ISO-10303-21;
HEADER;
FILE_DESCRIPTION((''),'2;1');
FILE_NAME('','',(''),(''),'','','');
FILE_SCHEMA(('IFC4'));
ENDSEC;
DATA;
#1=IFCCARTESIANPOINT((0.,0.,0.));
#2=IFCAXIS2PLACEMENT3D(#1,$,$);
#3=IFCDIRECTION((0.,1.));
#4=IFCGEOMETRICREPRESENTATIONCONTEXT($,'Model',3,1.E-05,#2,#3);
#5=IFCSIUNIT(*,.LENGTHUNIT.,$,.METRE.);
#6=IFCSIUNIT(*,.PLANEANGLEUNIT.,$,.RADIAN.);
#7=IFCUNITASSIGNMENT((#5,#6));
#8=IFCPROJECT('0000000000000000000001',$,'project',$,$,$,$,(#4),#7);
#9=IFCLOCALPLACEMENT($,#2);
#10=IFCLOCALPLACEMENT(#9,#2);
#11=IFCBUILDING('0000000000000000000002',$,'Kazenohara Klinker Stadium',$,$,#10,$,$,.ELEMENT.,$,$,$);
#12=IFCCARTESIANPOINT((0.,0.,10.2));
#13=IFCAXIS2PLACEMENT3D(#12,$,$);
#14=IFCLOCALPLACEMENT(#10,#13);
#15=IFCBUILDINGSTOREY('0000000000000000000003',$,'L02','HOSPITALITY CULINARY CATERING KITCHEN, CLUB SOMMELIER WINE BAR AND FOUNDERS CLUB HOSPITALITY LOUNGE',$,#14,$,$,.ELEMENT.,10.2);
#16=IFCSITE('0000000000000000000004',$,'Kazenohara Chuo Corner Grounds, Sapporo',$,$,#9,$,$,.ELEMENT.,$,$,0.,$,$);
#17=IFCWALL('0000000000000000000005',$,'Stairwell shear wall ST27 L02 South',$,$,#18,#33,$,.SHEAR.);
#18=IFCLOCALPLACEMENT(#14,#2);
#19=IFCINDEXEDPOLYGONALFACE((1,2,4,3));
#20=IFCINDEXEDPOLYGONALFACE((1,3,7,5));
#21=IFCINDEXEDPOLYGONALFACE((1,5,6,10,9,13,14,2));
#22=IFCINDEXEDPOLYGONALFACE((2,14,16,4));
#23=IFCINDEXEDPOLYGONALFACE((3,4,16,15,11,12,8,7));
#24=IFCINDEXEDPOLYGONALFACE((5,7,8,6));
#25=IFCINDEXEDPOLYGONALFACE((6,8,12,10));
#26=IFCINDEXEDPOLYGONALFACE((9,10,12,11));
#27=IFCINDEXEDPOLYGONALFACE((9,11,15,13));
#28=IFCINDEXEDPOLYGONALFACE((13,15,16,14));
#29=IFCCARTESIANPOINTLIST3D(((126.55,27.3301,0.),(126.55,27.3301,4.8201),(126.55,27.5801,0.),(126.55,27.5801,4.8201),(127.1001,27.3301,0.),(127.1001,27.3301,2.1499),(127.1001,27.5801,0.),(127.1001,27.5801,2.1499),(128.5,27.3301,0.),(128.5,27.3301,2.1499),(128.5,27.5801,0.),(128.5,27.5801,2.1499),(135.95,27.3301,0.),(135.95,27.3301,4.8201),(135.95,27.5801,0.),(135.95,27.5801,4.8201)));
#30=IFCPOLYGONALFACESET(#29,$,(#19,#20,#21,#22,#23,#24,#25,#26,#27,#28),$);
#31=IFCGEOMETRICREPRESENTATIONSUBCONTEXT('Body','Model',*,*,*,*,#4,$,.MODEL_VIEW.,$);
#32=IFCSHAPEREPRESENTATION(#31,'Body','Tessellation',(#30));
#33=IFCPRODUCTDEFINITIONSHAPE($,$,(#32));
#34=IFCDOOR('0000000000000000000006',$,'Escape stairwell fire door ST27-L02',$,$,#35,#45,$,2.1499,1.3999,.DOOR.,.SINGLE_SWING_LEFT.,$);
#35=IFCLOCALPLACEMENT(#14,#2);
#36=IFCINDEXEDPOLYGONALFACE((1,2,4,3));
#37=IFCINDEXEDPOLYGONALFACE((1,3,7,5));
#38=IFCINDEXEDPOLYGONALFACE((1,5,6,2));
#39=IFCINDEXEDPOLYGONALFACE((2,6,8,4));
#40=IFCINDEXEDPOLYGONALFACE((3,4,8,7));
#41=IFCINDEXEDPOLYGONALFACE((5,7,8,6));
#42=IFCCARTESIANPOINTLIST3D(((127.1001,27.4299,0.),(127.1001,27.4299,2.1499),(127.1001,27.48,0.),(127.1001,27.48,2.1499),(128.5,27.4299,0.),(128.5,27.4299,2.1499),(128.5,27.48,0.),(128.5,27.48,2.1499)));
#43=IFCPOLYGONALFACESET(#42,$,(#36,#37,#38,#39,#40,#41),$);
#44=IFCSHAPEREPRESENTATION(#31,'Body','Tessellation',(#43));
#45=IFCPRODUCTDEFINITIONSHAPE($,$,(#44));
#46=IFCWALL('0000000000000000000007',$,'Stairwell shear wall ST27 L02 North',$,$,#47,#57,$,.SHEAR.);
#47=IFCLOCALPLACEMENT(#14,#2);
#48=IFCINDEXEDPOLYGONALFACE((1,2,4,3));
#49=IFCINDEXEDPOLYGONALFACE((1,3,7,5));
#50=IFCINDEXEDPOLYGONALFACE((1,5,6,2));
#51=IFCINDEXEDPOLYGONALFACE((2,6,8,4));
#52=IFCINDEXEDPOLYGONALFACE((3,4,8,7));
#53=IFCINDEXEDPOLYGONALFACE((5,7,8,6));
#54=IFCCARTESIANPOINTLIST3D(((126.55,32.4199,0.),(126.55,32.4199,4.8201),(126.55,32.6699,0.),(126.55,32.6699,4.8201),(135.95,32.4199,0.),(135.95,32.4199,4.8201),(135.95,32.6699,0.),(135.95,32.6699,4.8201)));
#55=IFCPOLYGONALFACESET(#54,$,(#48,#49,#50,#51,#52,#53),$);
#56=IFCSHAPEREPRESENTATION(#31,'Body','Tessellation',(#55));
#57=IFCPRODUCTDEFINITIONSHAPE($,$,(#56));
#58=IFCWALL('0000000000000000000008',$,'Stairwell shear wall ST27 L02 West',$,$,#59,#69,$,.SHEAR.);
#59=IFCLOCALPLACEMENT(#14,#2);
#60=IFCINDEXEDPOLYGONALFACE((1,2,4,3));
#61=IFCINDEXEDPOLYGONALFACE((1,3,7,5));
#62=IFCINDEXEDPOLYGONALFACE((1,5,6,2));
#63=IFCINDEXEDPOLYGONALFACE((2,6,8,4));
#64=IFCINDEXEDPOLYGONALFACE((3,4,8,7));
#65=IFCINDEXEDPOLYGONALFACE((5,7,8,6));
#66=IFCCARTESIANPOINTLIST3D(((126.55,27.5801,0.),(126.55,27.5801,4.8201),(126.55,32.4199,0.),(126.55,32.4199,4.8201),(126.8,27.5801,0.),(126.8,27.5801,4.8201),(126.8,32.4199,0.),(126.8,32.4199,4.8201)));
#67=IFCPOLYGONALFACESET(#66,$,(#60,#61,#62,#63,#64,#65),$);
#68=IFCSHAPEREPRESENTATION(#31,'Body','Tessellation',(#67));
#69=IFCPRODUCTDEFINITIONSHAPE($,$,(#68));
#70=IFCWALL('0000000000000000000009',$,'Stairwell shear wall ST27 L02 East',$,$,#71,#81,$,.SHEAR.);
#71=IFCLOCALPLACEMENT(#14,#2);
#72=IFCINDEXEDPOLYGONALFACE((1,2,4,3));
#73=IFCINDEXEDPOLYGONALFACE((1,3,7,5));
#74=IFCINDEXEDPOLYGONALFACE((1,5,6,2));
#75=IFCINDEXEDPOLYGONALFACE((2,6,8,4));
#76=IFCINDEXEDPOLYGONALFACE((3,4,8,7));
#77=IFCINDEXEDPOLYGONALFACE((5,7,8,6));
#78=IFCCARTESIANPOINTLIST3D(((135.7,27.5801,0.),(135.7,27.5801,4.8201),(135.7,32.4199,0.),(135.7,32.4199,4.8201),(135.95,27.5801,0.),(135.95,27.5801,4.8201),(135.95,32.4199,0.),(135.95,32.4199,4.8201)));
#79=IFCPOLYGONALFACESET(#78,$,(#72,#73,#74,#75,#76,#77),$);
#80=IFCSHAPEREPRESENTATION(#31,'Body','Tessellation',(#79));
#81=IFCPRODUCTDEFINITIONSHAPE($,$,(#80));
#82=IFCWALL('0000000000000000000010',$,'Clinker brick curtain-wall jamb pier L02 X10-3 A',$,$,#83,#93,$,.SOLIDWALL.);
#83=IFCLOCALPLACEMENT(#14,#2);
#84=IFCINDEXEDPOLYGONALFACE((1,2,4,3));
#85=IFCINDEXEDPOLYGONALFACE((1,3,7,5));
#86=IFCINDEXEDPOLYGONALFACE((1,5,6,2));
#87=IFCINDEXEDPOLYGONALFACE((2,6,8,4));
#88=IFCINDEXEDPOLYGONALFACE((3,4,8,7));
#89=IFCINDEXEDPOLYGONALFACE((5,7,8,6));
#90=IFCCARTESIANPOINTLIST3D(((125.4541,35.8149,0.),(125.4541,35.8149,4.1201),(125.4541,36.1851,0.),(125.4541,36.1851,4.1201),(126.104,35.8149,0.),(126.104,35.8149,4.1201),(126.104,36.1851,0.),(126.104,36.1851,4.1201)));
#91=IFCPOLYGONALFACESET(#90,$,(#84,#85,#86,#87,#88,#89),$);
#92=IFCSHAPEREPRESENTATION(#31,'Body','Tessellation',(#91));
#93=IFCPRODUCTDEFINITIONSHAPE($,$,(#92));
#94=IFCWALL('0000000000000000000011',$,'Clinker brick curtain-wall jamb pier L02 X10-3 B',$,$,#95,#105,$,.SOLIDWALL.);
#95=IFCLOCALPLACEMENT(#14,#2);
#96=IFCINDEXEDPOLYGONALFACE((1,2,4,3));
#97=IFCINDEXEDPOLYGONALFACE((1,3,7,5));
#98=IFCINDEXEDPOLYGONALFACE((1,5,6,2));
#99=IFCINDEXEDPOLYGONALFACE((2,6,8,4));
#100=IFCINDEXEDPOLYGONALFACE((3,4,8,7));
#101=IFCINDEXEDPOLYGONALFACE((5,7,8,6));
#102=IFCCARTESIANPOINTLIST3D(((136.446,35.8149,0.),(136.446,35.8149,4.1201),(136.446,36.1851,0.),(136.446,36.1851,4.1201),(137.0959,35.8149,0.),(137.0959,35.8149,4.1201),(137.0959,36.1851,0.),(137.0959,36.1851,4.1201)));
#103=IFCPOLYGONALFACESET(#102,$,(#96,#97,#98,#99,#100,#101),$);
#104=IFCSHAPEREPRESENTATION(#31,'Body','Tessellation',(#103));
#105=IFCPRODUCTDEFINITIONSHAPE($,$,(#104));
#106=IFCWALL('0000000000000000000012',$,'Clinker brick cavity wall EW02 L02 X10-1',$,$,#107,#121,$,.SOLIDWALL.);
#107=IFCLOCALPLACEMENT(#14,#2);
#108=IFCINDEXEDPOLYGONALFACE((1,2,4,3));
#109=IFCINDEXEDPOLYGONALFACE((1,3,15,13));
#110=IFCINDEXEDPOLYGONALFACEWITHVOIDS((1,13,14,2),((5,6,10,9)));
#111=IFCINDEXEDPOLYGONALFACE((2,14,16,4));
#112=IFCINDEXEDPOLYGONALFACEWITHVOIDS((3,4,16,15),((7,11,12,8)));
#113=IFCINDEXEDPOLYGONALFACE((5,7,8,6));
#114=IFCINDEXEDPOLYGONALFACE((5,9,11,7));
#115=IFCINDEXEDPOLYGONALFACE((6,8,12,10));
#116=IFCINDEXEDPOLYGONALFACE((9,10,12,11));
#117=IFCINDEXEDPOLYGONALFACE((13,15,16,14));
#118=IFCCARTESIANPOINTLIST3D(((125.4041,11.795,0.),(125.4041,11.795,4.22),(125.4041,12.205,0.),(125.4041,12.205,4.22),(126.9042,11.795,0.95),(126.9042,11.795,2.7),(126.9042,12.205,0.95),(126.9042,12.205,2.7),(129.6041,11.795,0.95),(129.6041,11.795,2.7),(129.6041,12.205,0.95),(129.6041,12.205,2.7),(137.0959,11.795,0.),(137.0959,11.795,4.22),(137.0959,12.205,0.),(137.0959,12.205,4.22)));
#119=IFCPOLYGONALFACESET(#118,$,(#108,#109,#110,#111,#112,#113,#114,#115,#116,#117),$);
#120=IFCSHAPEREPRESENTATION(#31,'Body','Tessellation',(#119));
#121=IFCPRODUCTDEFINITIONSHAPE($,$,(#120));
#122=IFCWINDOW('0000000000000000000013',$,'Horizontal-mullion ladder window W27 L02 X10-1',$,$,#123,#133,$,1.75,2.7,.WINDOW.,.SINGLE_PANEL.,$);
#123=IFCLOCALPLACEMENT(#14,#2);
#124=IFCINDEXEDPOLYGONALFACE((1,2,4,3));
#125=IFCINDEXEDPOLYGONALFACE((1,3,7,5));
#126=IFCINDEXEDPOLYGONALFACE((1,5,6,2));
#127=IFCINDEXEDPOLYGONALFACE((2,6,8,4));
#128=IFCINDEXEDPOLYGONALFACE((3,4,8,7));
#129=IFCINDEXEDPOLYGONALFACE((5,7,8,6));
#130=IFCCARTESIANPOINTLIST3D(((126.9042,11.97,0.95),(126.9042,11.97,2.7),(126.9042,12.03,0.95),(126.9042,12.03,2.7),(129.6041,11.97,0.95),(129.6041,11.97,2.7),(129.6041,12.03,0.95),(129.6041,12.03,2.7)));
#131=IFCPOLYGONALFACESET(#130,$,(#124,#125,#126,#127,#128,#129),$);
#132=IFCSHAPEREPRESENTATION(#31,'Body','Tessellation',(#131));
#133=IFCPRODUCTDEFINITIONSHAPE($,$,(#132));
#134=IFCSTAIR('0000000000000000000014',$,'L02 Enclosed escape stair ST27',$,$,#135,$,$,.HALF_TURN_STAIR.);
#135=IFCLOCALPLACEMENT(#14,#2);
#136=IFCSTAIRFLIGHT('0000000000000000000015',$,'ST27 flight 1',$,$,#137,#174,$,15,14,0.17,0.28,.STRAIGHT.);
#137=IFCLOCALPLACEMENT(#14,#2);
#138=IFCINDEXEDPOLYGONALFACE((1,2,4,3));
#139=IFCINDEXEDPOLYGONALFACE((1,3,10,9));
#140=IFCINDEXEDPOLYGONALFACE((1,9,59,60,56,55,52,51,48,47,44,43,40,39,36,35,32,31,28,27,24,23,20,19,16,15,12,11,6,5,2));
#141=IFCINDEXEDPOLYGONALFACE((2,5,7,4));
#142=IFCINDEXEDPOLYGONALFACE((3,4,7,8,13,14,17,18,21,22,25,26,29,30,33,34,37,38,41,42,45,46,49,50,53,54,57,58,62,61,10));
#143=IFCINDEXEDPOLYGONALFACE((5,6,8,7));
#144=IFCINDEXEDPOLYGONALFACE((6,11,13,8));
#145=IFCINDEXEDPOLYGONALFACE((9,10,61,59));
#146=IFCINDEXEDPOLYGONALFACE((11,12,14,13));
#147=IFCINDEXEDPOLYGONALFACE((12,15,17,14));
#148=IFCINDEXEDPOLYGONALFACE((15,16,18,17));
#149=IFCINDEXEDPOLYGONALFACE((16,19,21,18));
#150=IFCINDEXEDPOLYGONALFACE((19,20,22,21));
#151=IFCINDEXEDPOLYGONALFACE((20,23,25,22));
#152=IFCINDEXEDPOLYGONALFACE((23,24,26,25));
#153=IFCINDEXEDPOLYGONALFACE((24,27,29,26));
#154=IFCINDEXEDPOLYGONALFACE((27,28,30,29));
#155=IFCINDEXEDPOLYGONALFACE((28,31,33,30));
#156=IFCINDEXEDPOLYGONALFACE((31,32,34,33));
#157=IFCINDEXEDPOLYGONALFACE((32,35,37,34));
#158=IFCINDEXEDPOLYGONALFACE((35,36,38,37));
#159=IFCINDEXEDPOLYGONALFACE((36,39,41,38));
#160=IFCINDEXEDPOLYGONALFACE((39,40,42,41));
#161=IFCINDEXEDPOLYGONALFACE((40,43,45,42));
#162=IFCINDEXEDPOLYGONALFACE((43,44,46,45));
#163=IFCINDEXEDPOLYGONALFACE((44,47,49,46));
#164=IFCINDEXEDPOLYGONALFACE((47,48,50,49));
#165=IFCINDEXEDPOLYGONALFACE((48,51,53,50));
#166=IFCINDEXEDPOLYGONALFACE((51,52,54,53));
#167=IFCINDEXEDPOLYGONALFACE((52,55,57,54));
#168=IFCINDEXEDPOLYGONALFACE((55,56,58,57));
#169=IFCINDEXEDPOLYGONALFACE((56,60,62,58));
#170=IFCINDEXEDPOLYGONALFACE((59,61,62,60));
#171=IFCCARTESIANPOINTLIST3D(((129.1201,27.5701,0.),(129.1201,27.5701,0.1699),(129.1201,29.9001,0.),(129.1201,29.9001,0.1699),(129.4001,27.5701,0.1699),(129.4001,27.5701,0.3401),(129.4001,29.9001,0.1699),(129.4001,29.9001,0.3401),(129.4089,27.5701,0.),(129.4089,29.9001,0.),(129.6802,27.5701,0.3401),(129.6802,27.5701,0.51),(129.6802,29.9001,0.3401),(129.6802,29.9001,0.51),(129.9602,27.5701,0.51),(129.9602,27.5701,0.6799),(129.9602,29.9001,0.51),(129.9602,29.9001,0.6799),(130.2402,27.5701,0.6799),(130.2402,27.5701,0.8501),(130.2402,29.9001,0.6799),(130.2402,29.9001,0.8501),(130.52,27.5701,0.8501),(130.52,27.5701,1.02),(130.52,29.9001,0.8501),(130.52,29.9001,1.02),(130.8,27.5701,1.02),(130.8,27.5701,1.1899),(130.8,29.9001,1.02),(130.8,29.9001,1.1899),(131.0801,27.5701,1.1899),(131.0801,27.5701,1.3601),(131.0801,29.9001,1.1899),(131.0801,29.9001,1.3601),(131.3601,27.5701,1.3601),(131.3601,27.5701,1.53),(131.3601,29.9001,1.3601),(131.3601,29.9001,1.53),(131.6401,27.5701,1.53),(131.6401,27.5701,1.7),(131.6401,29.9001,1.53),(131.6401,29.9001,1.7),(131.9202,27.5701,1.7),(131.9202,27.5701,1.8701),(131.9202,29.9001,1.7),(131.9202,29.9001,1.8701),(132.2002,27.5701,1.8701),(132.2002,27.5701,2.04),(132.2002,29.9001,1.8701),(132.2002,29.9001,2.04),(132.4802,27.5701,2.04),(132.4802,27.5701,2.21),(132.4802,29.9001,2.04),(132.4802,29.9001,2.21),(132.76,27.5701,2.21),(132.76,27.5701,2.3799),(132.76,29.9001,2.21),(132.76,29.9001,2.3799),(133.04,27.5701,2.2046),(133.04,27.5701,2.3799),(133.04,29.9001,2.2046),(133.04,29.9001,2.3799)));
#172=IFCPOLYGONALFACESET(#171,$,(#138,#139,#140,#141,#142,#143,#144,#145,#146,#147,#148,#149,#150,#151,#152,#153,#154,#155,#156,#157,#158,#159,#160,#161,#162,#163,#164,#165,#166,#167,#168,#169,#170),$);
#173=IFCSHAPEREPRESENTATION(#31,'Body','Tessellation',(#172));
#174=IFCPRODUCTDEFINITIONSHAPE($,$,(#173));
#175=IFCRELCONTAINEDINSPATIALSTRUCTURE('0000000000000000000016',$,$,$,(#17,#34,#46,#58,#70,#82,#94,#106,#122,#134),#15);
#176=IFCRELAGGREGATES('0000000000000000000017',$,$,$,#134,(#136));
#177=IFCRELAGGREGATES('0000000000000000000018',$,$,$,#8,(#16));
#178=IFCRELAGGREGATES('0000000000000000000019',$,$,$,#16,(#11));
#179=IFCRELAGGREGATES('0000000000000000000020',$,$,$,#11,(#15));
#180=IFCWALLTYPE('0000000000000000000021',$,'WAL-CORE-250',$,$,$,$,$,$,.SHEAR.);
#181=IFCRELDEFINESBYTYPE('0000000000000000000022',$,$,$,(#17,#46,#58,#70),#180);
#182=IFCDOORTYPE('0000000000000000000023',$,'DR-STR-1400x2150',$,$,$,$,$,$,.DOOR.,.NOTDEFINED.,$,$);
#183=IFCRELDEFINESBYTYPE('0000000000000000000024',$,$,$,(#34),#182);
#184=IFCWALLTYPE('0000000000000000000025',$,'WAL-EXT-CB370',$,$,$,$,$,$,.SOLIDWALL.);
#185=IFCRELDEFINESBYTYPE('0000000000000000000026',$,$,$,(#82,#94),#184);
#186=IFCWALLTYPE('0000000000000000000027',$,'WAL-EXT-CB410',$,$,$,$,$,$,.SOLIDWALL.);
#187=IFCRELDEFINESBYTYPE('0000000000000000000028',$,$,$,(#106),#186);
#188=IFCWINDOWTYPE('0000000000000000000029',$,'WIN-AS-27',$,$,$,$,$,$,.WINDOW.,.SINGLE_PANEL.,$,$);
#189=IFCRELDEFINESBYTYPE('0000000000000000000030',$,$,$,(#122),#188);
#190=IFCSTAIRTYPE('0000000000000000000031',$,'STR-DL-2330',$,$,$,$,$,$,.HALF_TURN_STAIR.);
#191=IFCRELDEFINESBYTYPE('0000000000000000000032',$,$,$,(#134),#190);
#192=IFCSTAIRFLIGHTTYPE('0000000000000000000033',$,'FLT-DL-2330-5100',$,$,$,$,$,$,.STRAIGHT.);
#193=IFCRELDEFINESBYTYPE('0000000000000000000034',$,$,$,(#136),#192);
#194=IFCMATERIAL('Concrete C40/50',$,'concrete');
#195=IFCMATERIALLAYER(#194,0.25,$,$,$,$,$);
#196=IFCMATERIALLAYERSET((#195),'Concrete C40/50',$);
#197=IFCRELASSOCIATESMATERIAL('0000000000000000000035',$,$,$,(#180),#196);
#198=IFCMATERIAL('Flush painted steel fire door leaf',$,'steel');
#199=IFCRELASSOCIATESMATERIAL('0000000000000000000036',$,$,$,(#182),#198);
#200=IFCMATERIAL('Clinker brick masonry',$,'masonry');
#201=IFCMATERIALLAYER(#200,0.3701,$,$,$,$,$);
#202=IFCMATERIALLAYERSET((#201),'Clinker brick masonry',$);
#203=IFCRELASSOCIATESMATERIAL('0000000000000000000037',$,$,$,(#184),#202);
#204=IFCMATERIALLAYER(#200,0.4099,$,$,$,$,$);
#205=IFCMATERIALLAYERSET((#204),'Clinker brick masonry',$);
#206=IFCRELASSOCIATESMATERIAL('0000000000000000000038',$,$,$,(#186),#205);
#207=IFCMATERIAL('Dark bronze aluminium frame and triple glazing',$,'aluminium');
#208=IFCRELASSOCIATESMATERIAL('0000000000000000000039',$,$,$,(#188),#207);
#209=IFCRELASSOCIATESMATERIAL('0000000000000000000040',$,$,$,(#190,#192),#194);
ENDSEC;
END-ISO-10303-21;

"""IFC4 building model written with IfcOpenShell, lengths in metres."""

from ifc_helpers import new_model, si_unit, direction, frame, frame_2d, origin, place, context, subcontext, project, spatial, polyline, rectangle, outline, extrude, material, layer, layer_set, type_object, element, fill, aggregate, save


model = new_model("IFC4")

# Units and contexts
model_context = context("Model", 3, precision=1e-05, world=origin(), true_north=direction((0.0, 1.0)))
body_context = subcontext(model_context, "Body", "Model", "MODEL_VIEW")
ifc_project = project(units=[si_unit("LENGTHUNIT", "METRE"), si_unit("PLANEANGLEUNIT", "RADIAN")], contexts=[model_context])

# Site, building, storey
site_placement = place(None, origin())
site = spatial("IfcSite", under=ifc_project, at=site_placement, Name="Kazenohara Chuo Corner Grounds, Sapporo", CompositionType="ELEMENT", RefElevation=0.0)
building_placement = place(site_placement, origin())
building = spatial("IfcBuilding", under=site, at=building_placement, Name="Kazenohara Klinker Stadium", CompositionType="ELEMENT")
storey_placement = place(building_placement, frame((0.0, 0.0, 10.2)))
storey = spatial("IfcBuildingStorey", under=building, at=storey_placement, Name="L02", Description="HOSPITALITY CULINARY CATERING KITCHEN, CLUB SOMMELIER WINE BAR AND FOUNDERS CLUB HOSPITALITY LOUNGE", CompositionType="ELEMENT", Elevation=10.2)

# Shared definitions
ifc_material_1 = material(Name="Concrete C40/50", Category="concrete")

# Wall, opening, door
ifc_layer_1 = layer(ifc_material_1, 0.25)
ifc_layer_set_1 = layer_set([ifc_layer_1], Name="Concrete C40/50")
wall_type_1 = type_object("IfcWallType", Name="WAL-CORE-250", PredefinedType="SHEAR", material=ifc_layer_set_1)
wall_1_placement = place(storey_placement, frame((126.55, 27.4551, 0.0), z_axis=(0.0, 0.0, 1.0), x_axis=(1.0, 0.0, 0.0)))
wall_1 = element("IfcWall", 1, at=wall_1_placement, inside=storey, type_object=wall_type_1, Name="Stairwell shear wall ST27 L02 South", PredefinedType="SHEAR", context=body_context, shape_type="SweptSolid", body=[
    extrude(rectangle(XDim=9.3999, YDim=0.25, at=frame_2d((4.7, 0.0))), origin(), (0.0, 0.0, 1.0), 4.8201),
])
opening_1_placement = place(wall_1_placement, frame((0.55, 0.0, 0.0)))
opening_1 = element("IfcOpeningElement", 2, at=opening_1_placement, cuts=wall_1, PredefinedType="OPENING", context=body_context, shape_type="SweptSolid", body=[
    extrude(rectangle(XDim=1.3999, YDim=2.1499, at=frame_2d((0.7, 1.075))), frame((0.0, 0.135, 0.0), z_axis=(0.0, -1.0, 0.0), x_axis=(1.0, 0.0, 0.0)), (0.0, 0.0, 1.0), 0.27),
])
ifc_material_2 = material(Name="Flush painted steel fire door leaf", Category="steel")
door_type = type_object("IfcDoorType", Name="DR-STR-1400x2150", OperationType="NOTDEFINED", PredefinedType="DOOR", material=ifc_material_2)
door_placement = place(opening_1_placement, origin())
door = element("IfcDoor", 3, at=door_placement, inside=storey, type_object=door_type, Name="Escape stairwell fire door ST27-L02", OperationType="SINGLE_SWING_LEFT", OverallHeight=2.1499, OverallWidth=1.3999, PredefinedType="DOOR", context=body_context, shape_type="SweptSolid", body=[
    extrude(rectangle(XDim=1.3999, YDim=2.1499, at=frame_2d((0.7, 1.075))), frame((0.0, 0.0249, 0.0), z_axis=(0.0, -1.0, 0.0), x_axis=(1.0, 0.0, 0.0)), (0.0, 0.0, 1.0), 0.05),
])
fill(opening_1, door)

# Walls
wall_2_placement = place(storey_placement, frame((126.55, 32.5449, 0.0), z_axis=(0.0, 0.0, 1.0), x_axis=(1.0, 0.0, 0.0)))
element("IfcWall", 4, at=wall_2_placement, inside=storey, type_object=wall_type_1, Name="Stairwell shear wall ST27 L02 North", PredefinedType="SHEAR", context=body_context, shape_type="SweptSolid", body=[
    extrude(rectangle(XDim=9.3999, YDim=0.25, at=frame_2d((4.7, 0.0))), origin(), (0.0, 0.0, 1.0), 4.8201),
])
for number, where, z_axis, x_axis, name in (
    (5, (126.675, 27.5801, 0.0), (0.0, 0.0, 1.0), (0.0, 1.0, 0.0), "Stairwell shear wall ST27 L02 West"),
    (6, (135.825, 27.5801, 0.0), (0.0, 0.0, 1.0), (0.0, 1.0, 0.0), "Stairwell shear wall ST27 L02 East"),
):
    element("IfcWall", number, at=place(storey_placement, frame(where, z_axis=z_axis, x_axis=x_axis)), inside=storey, type_object=wall_type_1, Name=name, PredefinedType="SHEAR", context=body_context, shape_type="SweptSolid", body=[
        extrude(rectangle(XDim=4.8398, YDim=0.25, at=frame_2d((2.4199, 0.0))), origin(), (0.0, 0.0, 1.0), 4.8201),
    ])
ifc_material_3 = material(Name="Clinker brick masonry", Category="masonry")
ifc_layer_2 = layer(ifc_material_3, 0.3701)
ifc_layer_set_2 = layer_set([ifc_layer_2], Name="Clinker brick masonry")
wall_type_2 = type_object("IfcWallType", Name="WAL-EXT-CB370", PredefinedType="SOLIDWALL", material=ifc_layer_set_2)
for number, where, z_axis, x_axis, name in (
    (7, (125.4541, 36.0, 0.0), (0.0, 0.0, 1.0), (1.0, 0.0, 0.0), "Clinker brick curtain-wall jamb pier L02 X10-3 A"),
    (8, (136.446, 36.0, 0.0), (0.0, 0.0, 1.0), (1.0, 0.0, 0.0), "Clinker brick curtain-wall jamb pier L02 X10-3 B"),
):
    element("IfcWall", number, at=place(storey_placement, frame(where, z_axis=z_axis, x_axis=x_axis)), inside=storey, type_object=wall_type_2, Name=name, PredefinedType="SOLIDWALL", context=body_context, shape_type="SweptSolid", body=[
        extrude(rectangle(XDim=0.6499, YDim=0.3701, at=frame_2d((0.325, 0.0))), origin(), (0.0, 0.0, 1.0), 4.1201),
    ])

# Wall, opening, window
ifc_layer_3 = layer(ifc_material_3, 0.4099)
ifc_layer_set_3 = layer_set([ifc_layer_3], Name="Clinker brick masonry")
wall_type_3 = type_object("IfcWallType", Name="WAL-EXT-CB410", PredefinedType="SOLIDWALL", material=ifc_layer_set_3)
wall_3_placement = place(storey_placement, frame((125.4041, 12.0, 0.0), z_axis=(0.0, 0.0, 1.0), x_axis=(1.0, 0.0, 0.0)))
wall_3 = element("IfcWall", 9, at=wall_3_placement, inside=storey, type_object=wall_type_3, Name="Clinker brick cavity wall EW02 L02 X10-1", PredefinedType="SOLIDWALL", context=body_context, shape_type="SweptSolid", body=[
    extrude(rectangle(XDim=11.6919, YDim=0.4099, at=frame_2d((5.8459, 0.0))), origin(), (0.0, 0.0, 1.0), 4.22),
])
opening_2_placement = place(wall_3_placement, frame((1.5, 0.0, 0.95)))
opening_2 = element("IfcOpeningElement", 10, at=opening_2_placement, cuts=wall_3, PredefinedType="OPENING", context=body_context, shape_type="SweptSolid", body=[
    extrude(rectangle(XDim=2.7, YDim=1.75, at=frame_2d((1.3501, 0.875))), frame((0.0, 0.2148, 0.0), z_axis=(0.0, -1.0, 0.0), x_axis=(1.0, 0.0, 0.0)), (0.0, 0.0, 1.0), 0.4299),
])
ifc_material_4 = material(Name="Dark bronze aluminium frame and triple glazing", Category="aluminium")
window_type = type_object("IfcWindowType", Name="WIN-AS-27", PartitioningType="SINGLE_PANEL", PredefinedType="WINDOW", material=ifc_material_4)
window_placement = place(opening_2_placement, origin())
window = element("IfcWindow", 11, at=window_placement, inside=storey, type_object=window_type, Name="Horizontal-mullion ladder window W27 L02 X10-1", OverallHeight=1.75, OverallWidth=2.7, PartitioningType="SINGLE_PANEL", PredefinedType="WINDOW", context=body_context, shape_type="SweptSolid", body=[
    extrude(rectangle(XDim=2.7, YDim=1.75, at=frame_2d((1.3501, 0.875))), frame((0.0, 0.03, 0.0), z_axis=(0.0, -1.0, 0.0), x_axis=(1.0, 0.0, 0.0)), (0.0, 0.0, 1.0), 0.0601),
])
fill(opening_2, window)

# Stair, stair flight
stair_type = type_object("IfcStairType", Name="STR-DL-2330", PredefinedType="HALF_TURN_STAIR", material=ifc_material_1)
stair_placement = place(storey_placement, origin())
stair = element("IfcStair", 12, at=stair_placement, inside=storey, type_object=stair_type, Name="L02 Enclosed escape stair ST27", PredefinedType="HALF_TURN_STAIR")
stair_flight_type = type_object("IfcStairFlightType", Name="FLT-DL-2330-5100", PredefinedType="STRAIGHT", material=ifc_material_1)
stair_flight_1_placement = place(storey_placement, frame((129.1201, 28.7351, 0.0), z_axis=(0.0, 0.0, 1.0), x_axis=(1.0, 0.0, 0.0)))
stair_flight_1 = element("IfcStairFlight", 13, at=stair_flight_1_placement, type_object=stair_flight_type, Name="ST27 flight 1", NumberOfRisers=15, NumberOfTreads=14, PredefinedType="STRAIGHT", RiserHeight=0.17, TreadLength=0.28, context=body_context, shape_type="SweptSolid", body=[
    extrude(outline(polyline([(0.0, 0.0), (0.0, 0.1699), (0.28, 0.1699), (0.28, 0.3401), (0.5601, 0.3401), (0.5601, 0.51), (0.8401, 0.51), (0.8401, 0.6799), (1.1201, 0.6799), (1.1201, 0.8501), (1.3999, 0.8501), (1.3999, 1.02), (1.6799, 1.02), (1.6799, 1.1899), (1.96, 1.1899), (1.96, 1.3601), (2.24, 1.3601), (2.24, 1.53), (2.52, 1.53), (2.52, 1.7), (2.8, 1.7), (2.8, 1.8701), (3.0801, 1.8701), (3.0801, 2.04), (3.3601, 2.04), (3.3601, 2.21), (3.6399, 2.21), (3.6399, 2.3799), (3.9199, 2.3799), (3.9199, 2.55), (3.9199, 2.2046), (0.2888, 0.0), (0.0, 0.0)])), frame((0.0, 1.165, 0.0), z_axis=(0.0, -1.0, 0.0), x_axis=(1.0, 0.0, 0.0)), (0.0, 0.0, 1.0), 2.3301),
])
aggregate(stair, [stair_flight_1])

save(model, "model.ifc")
